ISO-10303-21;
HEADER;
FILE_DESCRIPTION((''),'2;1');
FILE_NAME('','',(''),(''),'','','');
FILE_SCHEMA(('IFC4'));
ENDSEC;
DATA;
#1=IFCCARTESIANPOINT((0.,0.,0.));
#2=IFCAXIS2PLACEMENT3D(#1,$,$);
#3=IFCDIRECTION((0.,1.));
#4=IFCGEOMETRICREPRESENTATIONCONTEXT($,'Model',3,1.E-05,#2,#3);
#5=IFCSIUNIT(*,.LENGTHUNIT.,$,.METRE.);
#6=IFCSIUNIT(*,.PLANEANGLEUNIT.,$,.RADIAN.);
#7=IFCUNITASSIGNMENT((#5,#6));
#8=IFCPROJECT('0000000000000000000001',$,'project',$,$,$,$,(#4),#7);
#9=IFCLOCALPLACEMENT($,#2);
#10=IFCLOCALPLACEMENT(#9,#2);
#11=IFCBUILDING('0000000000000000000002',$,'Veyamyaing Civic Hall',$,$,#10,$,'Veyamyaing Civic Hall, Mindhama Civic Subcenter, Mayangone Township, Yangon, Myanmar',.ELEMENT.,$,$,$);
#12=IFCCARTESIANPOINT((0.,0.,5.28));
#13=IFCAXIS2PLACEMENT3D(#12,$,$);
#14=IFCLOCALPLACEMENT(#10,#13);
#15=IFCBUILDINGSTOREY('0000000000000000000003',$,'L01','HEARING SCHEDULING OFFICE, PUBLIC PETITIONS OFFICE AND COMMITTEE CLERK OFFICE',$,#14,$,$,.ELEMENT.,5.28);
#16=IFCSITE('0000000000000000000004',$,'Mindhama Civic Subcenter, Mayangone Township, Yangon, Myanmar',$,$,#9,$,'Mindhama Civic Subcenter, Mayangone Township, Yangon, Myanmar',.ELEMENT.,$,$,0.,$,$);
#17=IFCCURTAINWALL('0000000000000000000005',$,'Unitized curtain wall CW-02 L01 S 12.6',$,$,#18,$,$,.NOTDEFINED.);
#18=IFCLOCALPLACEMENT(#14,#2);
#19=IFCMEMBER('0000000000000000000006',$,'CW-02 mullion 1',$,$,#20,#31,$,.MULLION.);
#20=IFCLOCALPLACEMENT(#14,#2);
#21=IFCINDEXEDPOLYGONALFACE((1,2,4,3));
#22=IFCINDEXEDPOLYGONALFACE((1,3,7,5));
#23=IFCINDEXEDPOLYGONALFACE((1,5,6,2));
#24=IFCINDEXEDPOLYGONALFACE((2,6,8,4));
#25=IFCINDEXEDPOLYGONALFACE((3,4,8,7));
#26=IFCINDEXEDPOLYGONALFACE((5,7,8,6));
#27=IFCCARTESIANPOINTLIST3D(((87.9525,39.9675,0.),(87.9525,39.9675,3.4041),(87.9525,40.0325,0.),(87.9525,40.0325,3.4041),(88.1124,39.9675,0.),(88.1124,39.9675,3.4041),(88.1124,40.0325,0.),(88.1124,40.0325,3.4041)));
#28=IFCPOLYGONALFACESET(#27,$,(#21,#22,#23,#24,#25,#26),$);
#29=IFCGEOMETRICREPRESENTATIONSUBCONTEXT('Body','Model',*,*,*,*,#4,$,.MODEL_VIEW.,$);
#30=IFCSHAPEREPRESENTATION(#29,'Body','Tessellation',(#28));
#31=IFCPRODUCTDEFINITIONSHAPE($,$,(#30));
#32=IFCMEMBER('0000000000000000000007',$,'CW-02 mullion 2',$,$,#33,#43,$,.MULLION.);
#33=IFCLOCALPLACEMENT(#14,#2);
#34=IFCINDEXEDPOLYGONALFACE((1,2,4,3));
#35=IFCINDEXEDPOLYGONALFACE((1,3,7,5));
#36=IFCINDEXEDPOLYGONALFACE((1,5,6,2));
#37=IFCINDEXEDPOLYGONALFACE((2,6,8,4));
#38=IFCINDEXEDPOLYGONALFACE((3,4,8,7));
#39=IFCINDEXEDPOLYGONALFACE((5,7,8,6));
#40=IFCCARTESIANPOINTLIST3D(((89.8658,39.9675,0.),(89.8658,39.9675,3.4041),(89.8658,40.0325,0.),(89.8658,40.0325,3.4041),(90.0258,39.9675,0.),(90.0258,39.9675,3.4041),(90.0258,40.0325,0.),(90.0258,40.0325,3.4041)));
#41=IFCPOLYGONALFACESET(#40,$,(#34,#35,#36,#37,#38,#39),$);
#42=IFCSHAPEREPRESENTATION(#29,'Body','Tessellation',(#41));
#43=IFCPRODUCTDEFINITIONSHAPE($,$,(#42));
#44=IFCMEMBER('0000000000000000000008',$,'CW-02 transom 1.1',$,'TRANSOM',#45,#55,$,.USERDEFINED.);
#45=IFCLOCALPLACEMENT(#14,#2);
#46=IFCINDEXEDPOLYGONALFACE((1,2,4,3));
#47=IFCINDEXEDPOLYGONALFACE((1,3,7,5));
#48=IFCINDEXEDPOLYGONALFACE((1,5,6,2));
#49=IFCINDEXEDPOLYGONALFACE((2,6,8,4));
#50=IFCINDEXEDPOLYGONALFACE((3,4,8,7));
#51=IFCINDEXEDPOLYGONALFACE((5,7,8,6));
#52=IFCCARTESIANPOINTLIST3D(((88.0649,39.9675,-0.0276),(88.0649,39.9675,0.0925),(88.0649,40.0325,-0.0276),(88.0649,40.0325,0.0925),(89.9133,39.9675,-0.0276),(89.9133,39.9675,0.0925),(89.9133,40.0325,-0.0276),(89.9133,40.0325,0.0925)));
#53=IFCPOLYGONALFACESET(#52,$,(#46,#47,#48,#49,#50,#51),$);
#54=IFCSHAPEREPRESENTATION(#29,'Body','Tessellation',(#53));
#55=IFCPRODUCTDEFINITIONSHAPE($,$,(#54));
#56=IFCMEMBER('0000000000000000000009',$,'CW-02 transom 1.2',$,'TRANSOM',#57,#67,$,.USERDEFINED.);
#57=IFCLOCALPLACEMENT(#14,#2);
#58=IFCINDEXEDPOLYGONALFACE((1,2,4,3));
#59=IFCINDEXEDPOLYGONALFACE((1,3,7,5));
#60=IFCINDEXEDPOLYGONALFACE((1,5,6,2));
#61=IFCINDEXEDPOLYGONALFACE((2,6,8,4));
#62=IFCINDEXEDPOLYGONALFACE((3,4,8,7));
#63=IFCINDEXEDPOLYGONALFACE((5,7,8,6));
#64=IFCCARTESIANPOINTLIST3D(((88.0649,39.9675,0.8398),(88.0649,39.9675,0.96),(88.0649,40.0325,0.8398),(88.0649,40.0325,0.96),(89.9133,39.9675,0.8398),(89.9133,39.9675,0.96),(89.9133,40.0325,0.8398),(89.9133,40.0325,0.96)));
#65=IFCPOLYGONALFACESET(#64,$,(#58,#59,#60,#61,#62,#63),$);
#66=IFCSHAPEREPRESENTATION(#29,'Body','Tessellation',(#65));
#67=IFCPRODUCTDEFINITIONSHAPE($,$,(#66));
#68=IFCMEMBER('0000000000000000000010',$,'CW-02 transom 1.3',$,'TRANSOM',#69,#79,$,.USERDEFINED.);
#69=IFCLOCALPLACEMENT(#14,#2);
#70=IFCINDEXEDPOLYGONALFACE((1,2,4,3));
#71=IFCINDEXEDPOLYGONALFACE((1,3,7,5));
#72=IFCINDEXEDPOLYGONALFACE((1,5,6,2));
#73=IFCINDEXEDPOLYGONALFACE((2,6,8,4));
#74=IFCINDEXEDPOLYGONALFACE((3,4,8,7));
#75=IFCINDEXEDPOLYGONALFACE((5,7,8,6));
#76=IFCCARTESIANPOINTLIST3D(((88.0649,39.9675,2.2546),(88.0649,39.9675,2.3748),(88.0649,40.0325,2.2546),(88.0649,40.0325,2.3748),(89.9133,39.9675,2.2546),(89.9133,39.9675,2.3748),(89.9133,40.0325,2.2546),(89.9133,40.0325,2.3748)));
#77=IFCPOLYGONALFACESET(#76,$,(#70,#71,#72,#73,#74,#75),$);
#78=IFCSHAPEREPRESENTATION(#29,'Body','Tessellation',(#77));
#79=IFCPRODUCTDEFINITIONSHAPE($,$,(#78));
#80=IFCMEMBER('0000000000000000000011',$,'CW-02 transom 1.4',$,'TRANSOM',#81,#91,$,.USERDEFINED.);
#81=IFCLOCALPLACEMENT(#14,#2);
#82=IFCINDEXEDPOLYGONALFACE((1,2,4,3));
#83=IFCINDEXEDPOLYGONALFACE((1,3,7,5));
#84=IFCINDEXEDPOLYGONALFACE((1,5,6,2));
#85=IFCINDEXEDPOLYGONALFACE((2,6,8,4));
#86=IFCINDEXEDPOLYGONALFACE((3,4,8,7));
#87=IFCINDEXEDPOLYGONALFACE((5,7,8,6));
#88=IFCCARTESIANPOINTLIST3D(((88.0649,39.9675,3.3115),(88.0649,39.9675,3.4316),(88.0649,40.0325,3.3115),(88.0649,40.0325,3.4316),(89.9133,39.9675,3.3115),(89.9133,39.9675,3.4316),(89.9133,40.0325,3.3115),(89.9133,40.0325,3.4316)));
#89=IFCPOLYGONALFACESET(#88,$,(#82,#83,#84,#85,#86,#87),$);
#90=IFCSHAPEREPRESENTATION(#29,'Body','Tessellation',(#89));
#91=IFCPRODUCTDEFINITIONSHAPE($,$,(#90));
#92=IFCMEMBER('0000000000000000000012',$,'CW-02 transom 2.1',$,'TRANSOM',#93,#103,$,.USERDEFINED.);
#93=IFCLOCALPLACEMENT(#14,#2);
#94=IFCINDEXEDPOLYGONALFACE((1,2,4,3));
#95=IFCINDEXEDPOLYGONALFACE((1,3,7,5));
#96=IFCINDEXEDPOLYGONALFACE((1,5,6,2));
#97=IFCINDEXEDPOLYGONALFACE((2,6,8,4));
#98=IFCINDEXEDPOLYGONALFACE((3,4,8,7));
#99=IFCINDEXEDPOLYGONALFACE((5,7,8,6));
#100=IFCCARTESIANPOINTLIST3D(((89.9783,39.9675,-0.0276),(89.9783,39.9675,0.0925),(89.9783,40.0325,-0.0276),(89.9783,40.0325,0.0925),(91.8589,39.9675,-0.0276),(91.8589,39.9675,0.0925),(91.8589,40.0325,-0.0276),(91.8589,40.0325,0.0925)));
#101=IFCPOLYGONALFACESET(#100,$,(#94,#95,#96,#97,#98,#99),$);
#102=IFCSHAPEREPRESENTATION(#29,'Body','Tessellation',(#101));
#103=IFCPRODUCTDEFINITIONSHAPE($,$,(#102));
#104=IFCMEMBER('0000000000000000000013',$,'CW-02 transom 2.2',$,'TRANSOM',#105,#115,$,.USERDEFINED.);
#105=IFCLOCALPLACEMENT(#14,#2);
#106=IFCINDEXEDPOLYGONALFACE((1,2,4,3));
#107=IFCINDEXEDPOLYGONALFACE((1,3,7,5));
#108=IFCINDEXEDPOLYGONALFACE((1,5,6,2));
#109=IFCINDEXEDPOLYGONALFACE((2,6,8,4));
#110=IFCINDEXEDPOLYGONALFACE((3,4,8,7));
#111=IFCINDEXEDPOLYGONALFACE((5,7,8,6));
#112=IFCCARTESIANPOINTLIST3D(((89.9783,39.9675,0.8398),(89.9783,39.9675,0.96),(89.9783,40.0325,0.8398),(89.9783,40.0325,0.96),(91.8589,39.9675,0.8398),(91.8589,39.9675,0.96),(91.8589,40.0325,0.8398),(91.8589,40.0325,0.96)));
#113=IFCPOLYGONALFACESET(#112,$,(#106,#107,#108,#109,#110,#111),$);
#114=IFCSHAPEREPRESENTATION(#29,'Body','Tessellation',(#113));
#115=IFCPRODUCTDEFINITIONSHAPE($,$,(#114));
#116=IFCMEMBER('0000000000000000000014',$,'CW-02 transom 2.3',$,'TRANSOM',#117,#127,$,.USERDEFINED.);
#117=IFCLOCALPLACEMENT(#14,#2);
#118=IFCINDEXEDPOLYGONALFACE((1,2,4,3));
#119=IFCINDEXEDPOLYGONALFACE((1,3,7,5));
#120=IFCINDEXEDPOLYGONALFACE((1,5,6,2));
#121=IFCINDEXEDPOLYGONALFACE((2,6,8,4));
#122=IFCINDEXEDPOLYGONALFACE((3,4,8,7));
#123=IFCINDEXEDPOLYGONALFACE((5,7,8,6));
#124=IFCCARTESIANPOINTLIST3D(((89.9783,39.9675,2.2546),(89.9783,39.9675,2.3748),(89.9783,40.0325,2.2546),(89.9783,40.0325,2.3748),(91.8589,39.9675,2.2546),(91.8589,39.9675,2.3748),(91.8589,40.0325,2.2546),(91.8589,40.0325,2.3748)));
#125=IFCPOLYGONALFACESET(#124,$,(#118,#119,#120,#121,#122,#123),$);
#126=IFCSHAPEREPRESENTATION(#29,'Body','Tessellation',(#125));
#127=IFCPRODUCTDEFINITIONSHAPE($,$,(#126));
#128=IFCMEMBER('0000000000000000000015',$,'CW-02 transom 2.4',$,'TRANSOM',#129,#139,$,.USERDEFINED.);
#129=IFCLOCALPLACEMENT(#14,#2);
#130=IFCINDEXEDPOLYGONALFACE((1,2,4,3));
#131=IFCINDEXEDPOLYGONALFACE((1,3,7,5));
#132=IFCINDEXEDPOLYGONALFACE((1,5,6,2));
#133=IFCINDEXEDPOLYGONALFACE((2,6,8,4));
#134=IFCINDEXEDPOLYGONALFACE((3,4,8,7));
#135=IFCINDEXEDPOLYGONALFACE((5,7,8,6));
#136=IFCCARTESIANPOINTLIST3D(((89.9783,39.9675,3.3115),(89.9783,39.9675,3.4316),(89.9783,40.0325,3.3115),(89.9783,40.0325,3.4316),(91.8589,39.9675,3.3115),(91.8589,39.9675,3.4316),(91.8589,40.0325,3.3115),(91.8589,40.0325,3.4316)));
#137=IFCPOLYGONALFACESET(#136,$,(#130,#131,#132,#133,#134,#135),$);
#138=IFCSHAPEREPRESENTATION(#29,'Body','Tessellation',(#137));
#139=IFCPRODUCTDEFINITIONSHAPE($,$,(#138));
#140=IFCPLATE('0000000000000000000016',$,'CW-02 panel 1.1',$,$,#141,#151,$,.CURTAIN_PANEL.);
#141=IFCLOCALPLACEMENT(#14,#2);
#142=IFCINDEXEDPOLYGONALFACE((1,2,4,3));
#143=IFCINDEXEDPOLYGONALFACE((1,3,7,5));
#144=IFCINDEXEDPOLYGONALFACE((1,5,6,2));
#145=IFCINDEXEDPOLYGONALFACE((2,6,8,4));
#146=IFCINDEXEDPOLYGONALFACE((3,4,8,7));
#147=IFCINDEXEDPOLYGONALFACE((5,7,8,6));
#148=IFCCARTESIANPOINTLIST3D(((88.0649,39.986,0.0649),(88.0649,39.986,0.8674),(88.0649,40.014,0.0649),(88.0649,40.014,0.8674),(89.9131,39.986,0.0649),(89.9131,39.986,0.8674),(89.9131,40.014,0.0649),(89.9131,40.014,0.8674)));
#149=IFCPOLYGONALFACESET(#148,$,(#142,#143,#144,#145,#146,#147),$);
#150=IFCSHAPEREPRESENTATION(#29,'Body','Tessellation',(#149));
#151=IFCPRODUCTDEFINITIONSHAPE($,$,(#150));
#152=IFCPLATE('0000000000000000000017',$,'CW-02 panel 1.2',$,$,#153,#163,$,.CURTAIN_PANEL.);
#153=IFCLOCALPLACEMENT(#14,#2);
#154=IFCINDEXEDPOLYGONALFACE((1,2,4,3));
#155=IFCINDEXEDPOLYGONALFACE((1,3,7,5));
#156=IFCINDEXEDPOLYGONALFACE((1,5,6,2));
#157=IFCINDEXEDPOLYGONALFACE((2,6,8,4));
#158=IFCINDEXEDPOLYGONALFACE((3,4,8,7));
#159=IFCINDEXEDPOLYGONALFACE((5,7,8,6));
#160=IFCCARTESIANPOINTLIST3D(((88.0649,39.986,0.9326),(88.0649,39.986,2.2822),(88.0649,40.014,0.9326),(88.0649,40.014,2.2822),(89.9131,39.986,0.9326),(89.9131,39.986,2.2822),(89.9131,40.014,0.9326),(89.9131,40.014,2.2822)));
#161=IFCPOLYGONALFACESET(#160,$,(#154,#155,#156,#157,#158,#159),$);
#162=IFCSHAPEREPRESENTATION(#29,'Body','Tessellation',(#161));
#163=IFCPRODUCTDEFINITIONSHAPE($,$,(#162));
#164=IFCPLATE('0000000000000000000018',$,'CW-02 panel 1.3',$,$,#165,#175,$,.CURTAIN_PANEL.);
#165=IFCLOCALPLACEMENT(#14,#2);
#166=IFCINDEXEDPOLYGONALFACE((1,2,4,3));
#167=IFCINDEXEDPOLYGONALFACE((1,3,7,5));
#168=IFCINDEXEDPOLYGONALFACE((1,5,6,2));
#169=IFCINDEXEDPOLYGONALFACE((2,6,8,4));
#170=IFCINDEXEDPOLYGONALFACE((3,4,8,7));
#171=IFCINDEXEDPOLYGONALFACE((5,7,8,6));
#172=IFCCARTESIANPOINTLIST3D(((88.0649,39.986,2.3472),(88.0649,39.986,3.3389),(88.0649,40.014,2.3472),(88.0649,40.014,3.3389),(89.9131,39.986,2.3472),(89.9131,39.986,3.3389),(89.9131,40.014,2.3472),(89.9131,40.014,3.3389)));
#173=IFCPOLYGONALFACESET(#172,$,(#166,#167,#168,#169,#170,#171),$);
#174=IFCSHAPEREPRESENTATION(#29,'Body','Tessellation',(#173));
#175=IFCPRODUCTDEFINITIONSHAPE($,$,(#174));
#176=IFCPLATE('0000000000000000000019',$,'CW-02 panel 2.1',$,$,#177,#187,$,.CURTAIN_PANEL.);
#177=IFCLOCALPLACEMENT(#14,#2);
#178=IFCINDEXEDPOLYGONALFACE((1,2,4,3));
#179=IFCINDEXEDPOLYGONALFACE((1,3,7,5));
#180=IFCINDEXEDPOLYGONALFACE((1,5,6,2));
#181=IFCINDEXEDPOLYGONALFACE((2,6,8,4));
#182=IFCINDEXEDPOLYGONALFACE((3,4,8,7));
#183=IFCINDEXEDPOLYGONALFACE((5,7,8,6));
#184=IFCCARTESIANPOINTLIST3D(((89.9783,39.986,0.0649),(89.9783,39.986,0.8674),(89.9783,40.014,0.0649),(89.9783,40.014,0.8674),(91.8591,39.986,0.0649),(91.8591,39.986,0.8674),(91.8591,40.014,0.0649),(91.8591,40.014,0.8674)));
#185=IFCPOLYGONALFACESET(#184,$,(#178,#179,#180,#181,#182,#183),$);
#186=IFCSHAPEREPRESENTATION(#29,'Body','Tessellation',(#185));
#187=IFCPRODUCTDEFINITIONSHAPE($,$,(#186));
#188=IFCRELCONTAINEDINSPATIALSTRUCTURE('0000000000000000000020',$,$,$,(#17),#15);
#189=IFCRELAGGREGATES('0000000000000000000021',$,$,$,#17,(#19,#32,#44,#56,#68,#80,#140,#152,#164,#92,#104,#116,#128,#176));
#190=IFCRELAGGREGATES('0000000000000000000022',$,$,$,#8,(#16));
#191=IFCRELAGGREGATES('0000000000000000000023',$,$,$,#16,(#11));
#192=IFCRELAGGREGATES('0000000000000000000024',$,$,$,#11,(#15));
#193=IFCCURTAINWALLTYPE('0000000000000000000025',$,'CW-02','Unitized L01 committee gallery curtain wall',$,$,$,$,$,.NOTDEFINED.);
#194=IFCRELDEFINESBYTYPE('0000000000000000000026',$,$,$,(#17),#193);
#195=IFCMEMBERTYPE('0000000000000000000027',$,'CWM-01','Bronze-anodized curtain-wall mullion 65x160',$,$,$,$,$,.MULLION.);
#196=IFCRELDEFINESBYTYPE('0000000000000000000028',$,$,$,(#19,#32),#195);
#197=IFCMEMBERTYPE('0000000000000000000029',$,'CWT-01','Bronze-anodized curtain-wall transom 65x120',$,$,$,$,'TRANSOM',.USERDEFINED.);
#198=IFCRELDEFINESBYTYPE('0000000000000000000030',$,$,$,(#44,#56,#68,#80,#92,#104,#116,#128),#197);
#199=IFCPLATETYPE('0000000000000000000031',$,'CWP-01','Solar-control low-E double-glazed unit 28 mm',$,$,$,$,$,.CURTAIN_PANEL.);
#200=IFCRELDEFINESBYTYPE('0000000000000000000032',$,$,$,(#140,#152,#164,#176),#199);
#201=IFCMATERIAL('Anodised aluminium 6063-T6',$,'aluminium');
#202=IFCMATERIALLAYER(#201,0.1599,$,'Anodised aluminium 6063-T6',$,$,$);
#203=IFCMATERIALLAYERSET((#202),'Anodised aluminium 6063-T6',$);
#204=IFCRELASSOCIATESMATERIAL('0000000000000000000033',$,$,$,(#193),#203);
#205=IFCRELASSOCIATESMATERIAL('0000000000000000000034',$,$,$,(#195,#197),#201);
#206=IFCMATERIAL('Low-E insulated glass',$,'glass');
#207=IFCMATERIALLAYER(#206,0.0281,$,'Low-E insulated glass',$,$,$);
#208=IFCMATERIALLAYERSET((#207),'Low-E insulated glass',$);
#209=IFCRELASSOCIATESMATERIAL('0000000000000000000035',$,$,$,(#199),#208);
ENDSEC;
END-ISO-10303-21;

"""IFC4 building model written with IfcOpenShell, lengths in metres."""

from ifc_helpers import new_model, si_unit, direction, frame, origin, origin_2d, place, context, subcontext, project, spatial, rectangle, extrude, material, layer, layer_set, material_profile, profile_set, type_object, element, aggregate, save


model = new_model("IFC4")

# Units and contexts
model_context = context("Model", 3, precision=1e-05, world=origin(), true_north=direction((0.0, 1.0)))
body_context = subcontext(model_context, "Body", "Model", "MODEL_VIEW")
ifc_project = project(units=[si_unit("LENGTHUNIT", "METRE"), si_unit("PLANEANGLEUNIT", "RADIAN")], contexts=[model_context])

# Site, building, storey
site_placement = place(None, origin())
site = spatial("IfcSite", under=ifc_project, at=site_placement, Name="Mindhama Civic Subcenter, Mayangone Township, Yangon, Myanmar", LongName="Mindhama Civic Subcenter, Mayangone Township, Yangon, Myanmar", CompositionType="ELEMENT", RefElevation=0.0)
building_placement = place(site_placement, origin())
building = spatial("IfcBuilding", under=site, at=building_placement, Name="Veyamyaing Civic Hall", LongName="Veyamyaing Civic Hall, Mindhama Civic Subcenter, Mayangone Township, Yangon, Myanmar", CompositionType="ELEMENT")
storey_placement = place(building_placement, frame((0.0, 0.0, 5.28)))
storey = spatial("IfcBuildingStorey", under=building, at=storey_placement, Name="L01", Description="HEARING SCHEDULING OFFICE, PUBLIC PETITIONS OFFICE AND COMMITTEE CLERK OFFICE", CompositionType="ELEMENT", Elevation=5.28)

# Curtain wall, members, plates
ifc_material_1 = material(Name="Anodised aluminium 6063-T6", Category="aluminium")
ifc_layer_1 = layer(ifc_material_1, 0.1599, Name="Anodised aluminium 6063-T6")
ifc_layer_set_1 = layer_set([ifc_layer_1], Name="Anodised aluminium 6063-T6")
curtain_wall_type = type_object("IfcCurtainWallType", Name="CW-02", Description="Unitized L01 committee gallery curtain wall", PredefinedType="NOTDEFINED", material=ifc_layer_set_1)
curtain_wall_placement = place(storey_placement, origin())
curtain_wall = element("IfcCurtainWall", 1, at=curtain_wall_placement, inside=storey, type_object=curtain_wall_type, Name="Unitized curtain wall CW-02 L01 S 12.6", PredefinedType="NOTDEFINED")
ifc_material_profile_1 = material_profile(ifc_material_1, rectangle(XDim=0.0649, YDim=0.1599, at=origin_2d()), Name="ALU-MUL-65X160")
ifc_profile_set_1 = profile_set([ifc_material_profile_1], Name="Anodised aluminium 6063-T6")
member_type_1 = type_object("IfcMemberType", Name="CWM-01", Description="Bronze-anodized curtain-wall mullion 65x160", PredefinedType="MULLION", material=ifc_profile_set_1)
member_1_placement = place(storey_placement, frame((88.0325, 40.0, 0.0), z_axis=(0.0, 0.0, 1.0), x_axis=(0.0, 1.0, 0.0)))
member_1 = element("IfcMember", 2, at=member_1_placement, type_object=member_type_1, Name="CW-02 mullion 1", PredefinedType="MULLION", context=body_context, shape_type="SweptSolid", body=[
    extrude(rectangle(XDim=0.0649, YDim=0.1599, at=origin_2d()), origin(), (0.0, 0.0, 1.0), 3.4041),
])
member_2_placement = place(storey_placement, frame((89.9458, 40.0, 0.0), z_axis=(0.0, 0.0, 1.0), x_axis=(0.0, 1.0, 0.0)))
member_2 = element("IfcMember", 3, at=member_2_placement, type_object=member_type_1, Name="CW-02 mullion 2", PredefinedType="MULLION", context=body_context, shape_type="SweptSolid", body=[
    extrude(rectangle(XDim=0.0649, YDim=0.1599, at=origin_2d()), origin(), (0.0, 0.0, 1.0), 3.4041),
])
ifc_material_profile_2 = material_profile(ifc_material_1, rectangle(XDim=0.0649, YDim=0.1201, at=origin_2d()), Name="ALU-TRN-65X120")
ifc_profile_set_2 = profile_set([ifc_material_profile_2], Name="Anodised aluminium 6063-T6")
member_type_2 = type_object("IfcMemberType", Name="CWT-01", Description="Bronze-anodized curtain-wall transom 65x120", ElementType="TRANSOM", PredefinedType="USERDEFINED", material=ifc_profile_set_2)
member_3_placement = place(storey_placement, frame((88.0649, 40.0, 0.0325), z_axis=(1.0, 0.0, 0.0), x_axis=(0.0, 1.0, 0.0)))
member_3 = element("IfcMember", 4, at=member_3_placement, type_object=member_type_2, Name="CW-02 transom 1.1", ObjectType="TRANSOM", PredefinedType="USERDEFINED", context=body_context, shape_type="SweptSolid", body=[
    extrude(rectangle(XDim=0.0649, YDim=0.1201, at=origin_2d()), origin(), (0.0, 0.0, 1.0), 1.8484),
])
member_4_placement = place(storey_placement, frame((88.0649, 40.0, 0.8999), z_axis=(1.0, 0.0, 0.0), x_axis=(0.0, 1.0, 0.0)))
member_4 = element("IfcMember", 5, at=member_4_placement, type_object=member_type_2, Name="CW-02 transom 1.2", ObjectType="TRANSOM", PredefinedType="USERDEFINED", context=body_context, shape_type="SweptSolid", body=[
    extrude(rectangle(XDim=0.0649, YDim=0.1201, at=origin_2d()), origin(), (0.0, 0.0, 1.0), 1.8484),
])
member_5_placement = place(storey_placement, frame((88.0649, 40.0, 2.3147), z_axis=(1.0, 0.0, 0.0), x_axis=(0.0, 1.0, 0.0)))
member_5 = element("IfcMember", 6, at=member_5_placement, type_object=member_type_2, Name="CW-02 transom 1.3", ObjectType="TRANSOM", PredefinedType="USERDEFINED", context=body_context, shape_type="SweptSolid", body=[
    extrude(rectangle(XDim=0.0649, YDim=0.1201, at=origin_2d()), origin(), (0.0, 0.0, 1.0), 1.8484),
])
member_6_placement = place(storey_placement, frame((88.0649, 40.0, 3.3716), z_axis=(1.0, 0.0, 0.0), x_axis=(0.0, 1.0, 0.0)))
member_6 = element("IfcMember", 7, at=member_6_placement, type_object=member_type_2, Name="CW-02 transom 1.4", ObjectType="TRANSOM", PredefinedType="USERDEFINED", context=body_context, shape_type="SweptSolid", body=[
    extrude(rectangle(XDim=0.0649, YDim=0.1201, at=origin_2d()), origin(), (0.0, 0.0, 1.0), 1.8484),
])
member_7_placement = place(storey_placement, frame((89.9783, 40.0, 0.0325), z_axis=(1.0, 0.0, 0.0), x_axis=(0.0, 1.0, 0.0)))
member_7 = element("IfcMember", 8, at=member_7_placement, type_object=member_type_2, Name="CW-02 transom 2.1", ObjectType="TRANSOM", PredefinedType="USERDEFINED", context=body_context, shape_type="SweptSolid", body=[
    extrude(rectangle(XDim=0.0649, YDim=0.1201, at=origin_2d()), origin(), (0.0, 0.0, 1.0), 1.8806),
])
member_8_placement = place(storey_placement, frame((89.9783, 40.0, 0.8999), z_axis=(1.0, 0.0, 0.0), x_axis=(0.0, 1.0, 0.0)))
member_8 = element("IfcMember", 9, at=member_8_placement, type_object=member_type_2, Name="CW-02 transom 2.2", ObjectType="TRANSOM", PredefinedType="USERDEFINED", context=body_context, shape_type="SweptSolid", body=[
    extrude(rectangle(XDim=0.0649, YDim=0.1201, at=origin_2d()), origin(), (0.0, 0.0, 1.0), 1.8806),
])
member_9_placement = place(storey_placement, frame((89.9783, 40.0, 2.3147), z_axis=(1.0, 0.0, 0.0), x_axis=(0.0, 1.0, 0.0)))
member_9 = element("IfcMember", 10, at=member_9_placement, type_object=member_type_2, Name="CW-02 transom 2.3", ObjectType="TRANSOM", PredefinedType="USERDEFINED", context=body_context, shape_type="SweptSolid", body=[
    extrude(rectangle(XDim=0.0649, YDim=0.1201, at=origin_2d()), origin(), (0.0, 0.0, 1.0), 1.8806),
])
member_10_placement = place(storey_placement, frame((89.9783, 40.0, 3.3716), z_axis=(1.0, 0.0, 0.0), x_axis=(0.0, 1.0, 0.0)))
member_10 = element("IfcMember", 11, at=member_10_placement, type_object=member_type_2, Name="CW-02 transom 2.4", ObjectType="TRANSOM", PredefinedType="USERDEFINED", context=body_context, shape_type="SweptSolid", body=[
    extrude(rectangle(XDim=0.0649, YDim=0.1201, at=origin_2d()), origin(), (0.0, 0.0, 1.0), 1.8806),
])
ifc_material_2 = material(Name="Low-E insulated glass", Category="glass")
ifc_layer_2 = layer(ifc_material_2, 0.0281, Name="Low-E insulated glass")
ifc_layer_set_2 = layer_set([ifc_layer_2], Name="Low-E insulated glass")
plate_type = type_object("IfcPlateType", Name="CWP-01", Description="Solar-control low-E double-glazed unit 28 mm", PredefinedType="CURTAIN_PANEL", material=ifc_layer_set_2)
plate_1_placement = place(storey_placement, frame((88.989, 40.0, 0.0649), z_axis=(0.0, 0.0, 1.0), x_axis=(1.0, 0.0, 0.0)))
plate_1 = element("IfcPlate", 12, at=plate_1_placement, type_object=plate_type, Name="CW-02 panel 1.1", PredefinedType="CURTAIN_PANEL", context=body_context, shape_type="SweptSolid", body=[
    extrude(rectangle(XDim=1.8481, YDim=0.0281, at=origin_2d()), origin(), (0.0, 0.0, 1.0), 0.8025),
])
plate_2_placement = place(storey_placement, frame((88.989, 40.0, 0.9326), z_axis=(0.0, 0.0, 1.0), x_axis=(1.0, 0.0, 0.0)))
plate_2 = element("IfcPlate", 13, at=plate_2_placement, type_object=plate_type, Name="CW-02 panel 1.2", PredefinedType="CURTAIN_PANEL", context=body_context, shape_type="SweptSolid", body=[
    extrude(rectangle(XDim=1.8481, YDim=0.0281, at=origin_2d()), origin(), (0.0, 0.0, 1.0), 1.3496),
])
plate_3_placement = place(storey_placement, frame((88.989, 40.0, 2.3472), z_axis=(0.0, 0.0, 1.0), x_axis=(1.0, 0.0, 0.0)))
plate_3 = element("IfcPlate", 14, at=plate_3_placement, type_object=plate_type, Name="CW-02 panel 1.3", PredefinedType="CURTAIN_PANEL", context=body_context, shape_type="SweptSolid", body=[
    extrude(rectangle(XDim=1.8481, YDim=0.0281, at=origin_2d()), origin(), (0.0, 0.0, 1.0), 0.9917),
])
plate_4_placement = place(storey_placement, frame((90.9187, 40.0, 0.0649), z_axis=(0.0, 0.0, 1.0), x_axis=(1.0, 0.0, 0.0)))
plate_4 = element("IfcPlate", 15, at=plate_4_placement, type_object=plate_type, Name="CW-02 panel 2.1", PredefinedType="CURTAIN_PANEL", context=body_context, shape_type="SweptSolid", body=[
    extrude(rectangle(XDim=1.8809, YDim=0.0281, at=origin_2d()), origin(), (0.0, 0.0, 1.0), 0.8025),
])
aggregate(curtain_wall, [member_1, member_2, member_3, member_4, member_5, member_6, plate_1, plate_2, plate_3, member_7, member_8, member_9, member_10, plate_4])

save(model, "model.ifc")
